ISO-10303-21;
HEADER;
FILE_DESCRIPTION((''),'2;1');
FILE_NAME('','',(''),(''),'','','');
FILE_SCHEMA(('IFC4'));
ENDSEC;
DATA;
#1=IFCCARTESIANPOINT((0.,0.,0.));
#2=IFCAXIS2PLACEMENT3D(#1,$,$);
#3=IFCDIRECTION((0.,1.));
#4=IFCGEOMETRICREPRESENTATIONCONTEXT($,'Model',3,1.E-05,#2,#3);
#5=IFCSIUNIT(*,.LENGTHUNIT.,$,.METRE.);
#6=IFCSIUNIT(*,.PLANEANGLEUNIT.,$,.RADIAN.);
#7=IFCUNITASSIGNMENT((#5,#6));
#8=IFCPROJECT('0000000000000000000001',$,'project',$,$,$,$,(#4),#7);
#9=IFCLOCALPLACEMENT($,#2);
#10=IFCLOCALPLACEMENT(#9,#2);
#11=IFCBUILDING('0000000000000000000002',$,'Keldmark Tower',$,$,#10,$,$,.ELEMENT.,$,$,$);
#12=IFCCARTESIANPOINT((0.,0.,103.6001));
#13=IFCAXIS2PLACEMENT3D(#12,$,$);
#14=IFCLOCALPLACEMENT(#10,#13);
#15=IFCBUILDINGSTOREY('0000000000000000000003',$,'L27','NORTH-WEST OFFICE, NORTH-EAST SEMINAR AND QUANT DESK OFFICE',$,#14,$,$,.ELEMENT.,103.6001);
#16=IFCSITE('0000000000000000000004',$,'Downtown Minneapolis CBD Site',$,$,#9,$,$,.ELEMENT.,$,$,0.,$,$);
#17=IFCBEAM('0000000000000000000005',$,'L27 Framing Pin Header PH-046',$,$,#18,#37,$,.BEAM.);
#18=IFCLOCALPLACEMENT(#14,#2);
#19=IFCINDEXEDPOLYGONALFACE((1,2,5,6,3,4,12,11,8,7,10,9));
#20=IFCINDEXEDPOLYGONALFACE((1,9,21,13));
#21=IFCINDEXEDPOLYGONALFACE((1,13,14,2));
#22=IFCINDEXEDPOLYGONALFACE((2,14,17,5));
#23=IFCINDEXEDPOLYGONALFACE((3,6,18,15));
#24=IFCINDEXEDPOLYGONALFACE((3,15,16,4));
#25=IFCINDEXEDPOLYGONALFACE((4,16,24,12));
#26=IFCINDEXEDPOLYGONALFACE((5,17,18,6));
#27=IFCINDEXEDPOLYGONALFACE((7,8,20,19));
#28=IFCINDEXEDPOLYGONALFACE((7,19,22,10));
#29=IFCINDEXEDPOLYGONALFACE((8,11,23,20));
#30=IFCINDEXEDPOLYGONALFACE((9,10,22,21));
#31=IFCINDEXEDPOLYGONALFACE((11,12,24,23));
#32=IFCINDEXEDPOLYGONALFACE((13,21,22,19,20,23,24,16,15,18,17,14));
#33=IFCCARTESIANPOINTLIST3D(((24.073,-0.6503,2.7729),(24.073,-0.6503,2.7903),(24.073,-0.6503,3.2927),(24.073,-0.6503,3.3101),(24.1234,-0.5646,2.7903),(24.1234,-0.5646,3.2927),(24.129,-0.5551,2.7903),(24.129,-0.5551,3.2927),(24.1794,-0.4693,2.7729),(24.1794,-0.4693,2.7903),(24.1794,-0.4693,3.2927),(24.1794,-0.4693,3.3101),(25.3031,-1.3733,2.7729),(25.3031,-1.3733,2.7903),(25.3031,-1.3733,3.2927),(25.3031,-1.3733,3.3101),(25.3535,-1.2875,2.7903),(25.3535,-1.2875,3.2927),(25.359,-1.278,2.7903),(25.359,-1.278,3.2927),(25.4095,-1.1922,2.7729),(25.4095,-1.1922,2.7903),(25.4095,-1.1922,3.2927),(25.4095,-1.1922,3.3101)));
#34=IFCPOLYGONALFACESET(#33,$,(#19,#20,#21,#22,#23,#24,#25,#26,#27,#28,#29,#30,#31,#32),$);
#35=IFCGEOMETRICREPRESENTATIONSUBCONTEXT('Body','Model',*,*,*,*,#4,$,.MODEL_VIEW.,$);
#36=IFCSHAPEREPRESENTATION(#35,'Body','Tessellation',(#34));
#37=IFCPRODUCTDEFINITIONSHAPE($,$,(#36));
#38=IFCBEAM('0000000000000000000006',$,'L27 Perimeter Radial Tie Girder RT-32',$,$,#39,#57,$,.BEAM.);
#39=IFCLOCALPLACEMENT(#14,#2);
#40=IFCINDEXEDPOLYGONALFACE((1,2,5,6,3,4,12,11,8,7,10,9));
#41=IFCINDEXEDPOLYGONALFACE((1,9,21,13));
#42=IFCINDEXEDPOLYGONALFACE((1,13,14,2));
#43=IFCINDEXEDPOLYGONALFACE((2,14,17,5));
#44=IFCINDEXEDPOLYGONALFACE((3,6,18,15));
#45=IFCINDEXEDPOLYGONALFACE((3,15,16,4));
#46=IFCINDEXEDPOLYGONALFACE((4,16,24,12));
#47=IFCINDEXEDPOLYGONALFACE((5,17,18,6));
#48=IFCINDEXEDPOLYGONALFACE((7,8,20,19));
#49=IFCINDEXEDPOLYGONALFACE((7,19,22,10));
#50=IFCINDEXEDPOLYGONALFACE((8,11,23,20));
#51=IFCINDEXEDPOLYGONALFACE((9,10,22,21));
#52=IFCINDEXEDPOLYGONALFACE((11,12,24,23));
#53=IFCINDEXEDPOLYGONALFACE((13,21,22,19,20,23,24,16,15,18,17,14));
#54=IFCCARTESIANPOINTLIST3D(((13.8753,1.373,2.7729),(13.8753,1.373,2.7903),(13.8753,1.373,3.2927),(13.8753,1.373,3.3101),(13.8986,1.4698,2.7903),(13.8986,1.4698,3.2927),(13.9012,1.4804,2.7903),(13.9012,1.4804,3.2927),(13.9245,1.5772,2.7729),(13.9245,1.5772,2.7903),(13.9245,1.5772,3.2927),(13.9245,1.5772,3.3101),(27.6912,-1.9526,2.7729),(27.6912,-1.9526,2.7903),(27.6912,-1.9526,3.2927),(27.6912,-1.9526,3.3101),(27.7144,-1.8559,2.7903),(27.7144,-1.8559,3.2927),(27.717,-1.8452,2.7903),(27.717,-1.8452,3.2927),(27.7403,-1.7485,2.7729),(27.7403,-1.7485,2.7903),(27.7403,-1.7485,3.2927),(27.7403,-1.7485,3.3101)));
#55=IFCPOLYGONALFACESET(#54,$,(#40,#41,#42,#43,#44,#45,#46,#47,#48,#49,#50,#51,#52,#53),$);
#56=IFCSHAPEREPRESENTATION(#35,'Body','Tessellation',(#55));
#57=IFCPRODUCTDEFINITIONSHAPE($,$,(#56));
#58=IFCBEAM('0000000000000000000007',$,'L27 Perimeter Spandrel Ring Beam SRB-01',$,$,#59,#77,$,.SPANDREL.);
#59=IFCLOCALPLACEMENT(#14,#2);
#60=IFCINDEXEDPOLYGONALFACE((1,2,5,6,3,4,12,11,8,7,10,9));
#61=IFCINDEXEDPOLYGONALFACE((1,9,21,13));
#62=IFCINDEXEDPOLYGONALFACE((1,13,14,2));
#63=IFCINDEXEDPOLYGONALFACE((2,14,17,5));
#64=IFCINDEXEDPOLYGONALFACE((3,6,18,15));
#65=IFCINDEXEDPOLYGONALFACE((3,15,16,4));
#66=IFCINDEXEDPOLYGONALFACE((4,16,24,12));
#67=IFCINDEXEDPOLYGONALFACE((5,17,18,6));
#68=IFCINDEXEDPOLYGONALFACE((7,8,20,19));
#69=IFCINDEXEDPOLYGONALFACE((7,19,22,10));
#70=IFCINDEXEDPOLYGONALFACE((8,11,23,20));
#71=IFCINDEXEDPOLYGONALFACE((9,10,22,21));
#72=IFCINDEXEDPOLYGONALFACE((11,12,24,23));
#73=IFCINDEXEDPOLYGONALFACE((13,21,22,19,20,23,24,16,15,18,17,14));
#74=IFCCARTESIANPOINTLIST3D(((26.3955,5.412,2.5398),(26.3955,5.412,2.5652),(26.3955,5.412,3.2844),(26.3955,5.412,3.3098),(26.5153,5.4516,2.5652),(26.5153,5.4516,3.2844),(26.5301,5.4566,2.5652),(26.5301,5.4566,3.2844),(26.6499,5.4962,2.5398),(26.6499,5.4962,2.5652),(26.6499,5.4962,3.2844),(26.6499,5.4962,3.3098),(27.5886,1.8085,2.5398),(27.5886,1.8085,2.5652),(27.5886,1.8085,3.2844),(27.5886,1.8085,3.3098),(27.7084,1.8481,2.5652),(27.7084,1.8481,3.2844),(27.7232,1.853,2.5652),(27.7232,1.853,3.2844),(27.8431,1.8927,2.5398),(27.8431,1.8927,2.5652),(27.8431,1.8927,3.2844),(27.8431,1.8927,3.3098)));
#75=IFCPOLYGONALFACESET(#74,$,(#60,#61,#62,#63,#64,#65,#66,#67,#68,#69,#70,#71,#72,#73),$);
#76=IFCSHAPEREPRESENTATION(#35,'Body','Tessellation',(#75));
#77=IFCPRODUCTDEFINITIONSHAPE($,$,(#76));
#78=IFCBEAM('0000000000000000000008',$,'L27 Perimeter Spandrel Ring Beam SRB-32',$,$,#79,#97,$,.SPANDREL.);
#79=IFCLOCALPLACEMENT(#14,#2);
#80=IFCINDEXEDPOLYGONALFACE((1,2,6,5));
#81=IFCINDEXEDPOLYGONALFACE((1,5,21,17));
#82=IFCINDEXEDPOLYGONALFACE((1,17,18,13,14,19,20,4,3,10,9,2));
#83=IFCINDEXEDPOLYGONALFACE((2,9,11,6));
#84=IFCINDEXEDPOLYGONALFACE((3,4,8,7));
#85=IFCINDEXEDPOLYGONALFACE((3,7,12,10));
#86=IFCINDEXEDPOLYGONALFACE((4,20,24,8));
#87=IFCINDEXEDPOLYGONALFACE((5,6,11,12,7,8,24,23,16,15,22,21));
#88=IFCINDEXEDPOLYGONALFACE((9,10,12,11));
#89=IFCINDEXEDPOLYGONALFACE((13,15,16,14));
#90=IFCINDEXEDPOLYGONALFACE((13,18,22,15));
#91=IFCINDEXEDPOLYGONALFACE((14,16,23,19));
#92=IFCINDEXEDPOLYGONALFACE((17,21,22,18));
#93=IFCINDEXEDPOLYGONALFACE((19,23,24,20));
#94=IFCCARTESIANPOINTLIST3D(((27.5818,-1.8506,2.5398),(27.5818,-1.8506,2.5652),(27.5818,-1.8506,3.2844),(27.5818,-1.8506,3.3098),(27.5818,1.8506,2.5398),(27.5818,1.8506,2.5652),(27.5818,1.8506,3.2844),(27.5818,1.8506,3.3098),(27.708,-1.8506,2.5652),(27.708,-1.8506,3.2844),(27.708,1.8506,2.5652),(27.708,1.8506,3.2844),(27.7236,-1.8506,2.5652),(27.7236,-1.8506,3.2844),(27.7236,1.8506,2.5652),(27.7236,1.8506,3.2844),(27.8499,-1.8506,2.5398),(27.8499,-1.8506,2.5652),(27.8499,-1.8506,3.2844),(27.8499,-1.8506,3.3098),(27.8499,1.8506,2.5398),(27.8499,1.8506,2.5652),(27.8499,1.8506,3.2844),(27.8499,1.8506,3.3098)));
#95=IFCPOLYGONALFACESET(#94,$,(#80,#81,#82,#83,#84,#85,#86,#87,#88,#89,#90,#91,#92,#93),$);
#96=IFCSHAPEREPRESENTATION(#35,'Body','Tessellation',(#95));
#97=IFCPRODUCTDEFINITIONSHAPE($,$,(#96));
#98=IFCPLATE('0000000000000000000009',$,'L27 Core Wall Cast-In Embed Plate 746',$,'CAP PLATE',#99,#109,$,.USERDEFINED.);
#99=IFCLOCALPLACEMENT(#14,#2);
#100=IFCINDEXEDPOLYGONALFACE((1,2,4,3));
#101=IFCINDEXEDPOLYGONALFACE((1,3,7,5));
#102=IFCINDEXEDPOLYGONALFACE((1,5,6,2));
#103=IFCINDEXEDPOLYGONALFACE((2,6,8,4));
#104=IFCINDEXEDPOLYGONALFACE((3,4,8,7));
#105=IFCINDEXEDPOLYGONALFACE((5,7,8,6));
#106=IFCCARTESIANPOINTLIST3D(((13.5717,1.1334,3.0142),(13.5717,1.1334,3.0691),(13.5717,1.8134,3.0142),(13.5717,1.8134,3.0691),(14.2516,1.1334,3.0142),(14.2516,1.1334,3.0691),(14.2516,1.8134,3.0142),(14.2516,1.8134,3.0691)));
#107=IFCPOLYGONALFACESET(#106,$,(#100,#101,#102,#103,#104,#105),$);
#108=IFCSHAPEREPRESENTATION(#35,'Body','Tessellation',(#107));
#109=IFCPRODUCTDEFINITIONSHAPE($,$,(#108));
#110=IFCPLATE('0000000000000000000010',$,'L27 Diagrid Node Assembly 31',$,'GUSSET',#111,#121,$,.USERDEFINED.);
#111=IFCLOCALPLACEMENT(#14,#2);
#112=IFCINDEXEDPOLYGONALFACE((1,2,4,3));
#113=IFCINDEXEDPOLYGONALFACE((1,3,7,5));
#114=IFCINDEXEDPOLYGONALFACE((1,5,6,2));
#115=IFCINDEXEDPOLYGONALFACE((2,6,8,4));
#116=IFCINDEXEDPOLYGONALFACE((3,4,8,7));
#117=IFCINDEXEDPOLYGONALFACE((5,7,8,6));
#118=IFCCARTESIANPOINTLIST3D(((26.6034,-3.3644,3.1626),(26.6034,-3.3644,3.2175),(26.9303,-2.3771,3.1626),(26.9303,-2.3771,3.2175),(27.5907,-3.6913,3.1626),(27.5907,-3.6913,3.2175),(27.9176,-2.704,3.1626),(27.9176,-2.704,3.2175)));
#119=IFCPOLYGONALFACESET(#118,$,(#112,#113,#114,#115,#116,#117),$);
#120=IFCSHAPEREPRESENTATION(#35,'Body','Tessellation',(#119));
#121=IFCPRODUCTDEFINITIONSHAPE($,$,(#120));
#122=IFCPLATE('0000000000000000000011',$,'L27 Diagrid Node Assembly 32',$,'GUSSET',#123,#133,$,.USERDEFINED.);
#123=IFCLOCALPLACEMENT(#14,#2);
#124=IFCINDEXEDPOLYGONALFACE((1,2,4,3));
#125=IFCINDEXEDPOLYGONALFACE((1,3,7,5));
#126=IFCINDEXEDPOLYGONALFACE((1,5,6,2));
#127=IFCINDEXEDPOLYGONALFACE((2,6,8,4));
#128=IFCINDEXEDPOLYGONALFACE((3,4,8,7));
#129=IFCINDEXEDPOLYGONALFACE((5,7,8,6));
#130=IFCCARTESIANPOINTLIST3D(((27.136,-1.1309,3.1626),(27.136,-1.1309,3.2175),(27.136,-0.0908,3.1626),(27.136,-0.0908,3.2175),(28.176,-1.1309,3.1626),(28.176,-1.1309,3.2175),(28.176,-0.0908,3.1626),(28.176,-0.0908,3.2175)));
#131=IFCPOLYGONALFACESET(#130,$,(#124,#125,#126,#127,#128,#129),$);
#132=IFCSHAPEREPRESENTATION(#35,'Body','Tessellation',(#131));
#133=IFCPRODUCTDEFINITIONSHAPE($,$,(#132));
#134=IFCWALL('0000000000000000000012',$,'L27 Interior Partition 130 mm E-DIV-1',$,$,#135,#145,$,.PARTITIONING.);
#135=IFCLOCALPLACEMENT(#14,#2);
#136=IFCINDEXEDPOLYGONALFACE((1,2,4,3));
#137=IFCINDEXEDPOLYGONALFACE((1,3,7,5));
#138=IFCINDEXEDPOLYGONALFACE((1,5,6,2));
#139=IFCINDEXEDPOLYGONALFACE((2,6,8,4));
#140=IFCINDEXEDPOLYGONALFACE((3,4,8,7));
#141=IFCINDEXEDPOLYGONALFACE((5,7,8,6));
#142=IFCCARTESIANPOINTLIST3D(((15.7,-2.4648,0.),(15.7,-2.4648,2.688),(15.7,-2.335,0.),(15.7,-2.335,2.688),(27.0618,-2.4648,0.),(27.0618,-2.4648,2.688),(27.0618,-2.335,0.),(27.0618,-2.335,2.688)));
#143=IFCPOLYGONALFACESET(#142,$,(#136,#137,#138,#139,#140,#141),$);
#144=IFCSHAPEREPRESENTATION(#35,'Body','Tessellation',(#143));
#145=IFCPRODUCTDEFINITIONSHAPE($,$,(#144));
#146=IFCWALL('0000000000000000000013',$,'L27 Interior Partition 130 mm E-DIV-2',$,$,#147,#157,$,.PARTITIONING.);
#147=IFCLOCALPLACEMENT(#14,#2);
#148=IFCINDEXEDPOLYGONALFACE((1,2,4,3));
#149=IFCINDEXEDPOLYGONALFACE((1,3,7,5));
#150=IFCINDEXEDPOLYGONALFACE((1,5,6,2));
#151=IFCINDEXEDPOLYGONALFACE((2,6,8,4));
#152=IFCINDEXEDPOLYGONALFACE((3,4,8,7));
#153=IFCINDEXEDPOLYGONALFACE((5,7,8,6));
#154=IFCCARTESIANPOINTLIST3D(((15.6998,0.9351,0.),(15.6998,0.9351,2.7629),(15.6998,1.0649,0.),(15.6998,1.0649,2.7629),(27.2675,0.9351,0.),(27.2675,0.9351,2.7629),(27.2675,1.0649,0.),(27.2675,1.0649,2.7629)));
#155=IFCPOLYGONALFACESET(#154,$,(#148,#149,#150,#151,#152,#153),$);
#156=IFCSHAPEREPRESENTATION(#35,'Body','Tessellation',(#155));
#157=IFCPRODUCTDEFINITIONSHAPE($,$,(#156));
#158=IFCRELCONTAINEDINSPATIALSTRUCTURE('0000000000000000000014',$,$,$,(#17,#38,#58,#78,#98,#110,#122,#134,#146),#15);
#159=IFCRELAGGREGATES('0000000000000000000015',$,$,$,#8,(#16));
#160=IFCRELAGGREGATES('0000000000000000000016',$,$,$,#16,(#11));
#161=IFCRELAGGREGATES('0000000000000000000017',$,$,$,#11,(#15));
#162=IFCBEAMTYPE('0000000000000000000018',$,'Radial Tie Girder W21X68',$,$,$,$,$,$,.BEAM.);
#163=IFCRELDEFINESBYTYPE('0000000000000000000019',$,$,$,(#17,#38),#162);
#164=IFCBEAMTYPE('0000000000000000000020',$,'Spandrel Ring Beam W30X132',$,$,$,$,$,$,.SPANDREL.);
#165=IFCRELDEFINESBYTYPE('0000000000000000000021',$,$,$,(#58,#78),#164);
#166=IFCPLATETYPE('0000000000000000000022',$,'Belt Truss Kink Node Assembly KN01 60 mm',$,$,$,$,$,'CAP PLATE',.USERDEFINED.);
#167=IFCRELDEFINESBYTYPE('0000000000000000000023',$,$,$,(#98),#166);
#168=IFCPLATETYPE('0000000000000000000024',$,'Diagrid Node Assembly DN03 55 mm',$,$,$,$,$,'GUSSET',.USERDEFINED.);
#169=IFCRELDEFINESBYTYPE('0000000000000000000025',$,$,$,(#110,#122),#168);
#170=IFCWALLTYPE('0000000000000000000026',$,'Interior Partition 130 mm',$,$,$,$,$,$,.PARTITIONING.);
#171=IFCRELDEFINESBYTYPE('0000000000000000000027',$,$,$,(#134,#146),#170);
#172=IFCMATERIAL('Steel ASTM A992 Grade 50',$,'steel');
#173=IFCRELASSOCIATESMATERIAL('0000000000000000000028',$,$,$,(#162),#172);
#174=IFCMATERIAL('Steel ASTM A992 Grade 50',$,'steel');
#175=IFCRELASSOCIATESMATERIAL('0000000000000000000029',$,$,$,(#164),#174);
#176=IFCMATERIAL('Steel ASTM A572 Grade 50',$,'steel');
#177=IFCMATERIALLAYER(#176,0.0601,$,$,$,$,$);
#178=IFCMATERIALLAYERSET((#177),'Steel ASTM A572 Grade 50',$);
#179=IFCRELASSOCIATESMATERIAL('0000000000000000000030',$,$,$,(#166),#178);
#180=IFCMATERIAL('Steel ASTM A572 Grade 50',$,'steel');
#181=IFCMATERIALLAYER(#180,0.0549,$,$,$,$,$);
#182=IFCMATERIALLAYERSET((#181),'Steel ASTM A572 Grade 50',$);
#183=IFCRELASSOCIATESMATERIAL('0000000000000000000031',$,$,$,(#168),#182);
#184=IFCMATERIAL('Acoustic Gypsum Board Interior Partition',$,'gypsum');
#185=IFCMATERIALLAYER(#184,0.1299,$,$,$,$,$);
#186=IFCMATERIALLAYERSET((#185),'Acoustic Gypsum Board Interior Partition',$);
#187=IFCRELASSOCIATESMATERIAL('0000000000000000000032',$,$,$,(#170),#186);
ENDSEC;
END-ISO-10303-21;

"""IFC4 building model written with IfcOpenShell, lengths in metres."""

from ifc_helpers import new_model, si_unit, direction, frame, frame_2d, origin, origin_2d, place, context, subcontext, project, spatial, rectangle, i_section, extrude, material, layer, layer_set, material_profile, profile_set, type_object, element, save


model = new_model("IFC4")

# Units and contexts
model_context = context("Model", 3, precision=1e-05, world=origin(), true_north=direction((0.0, 1.0)))
body_context = subcontext(model_context, "Body", "Model", "MODEL_VIEW")
ifc_project = project(units=[si_unit("LENGTHUNIT", "METRE"), si_unit("PLANEANGLEUNIT", "RADIAN")], contexts=[model_context])

# Site, building, storey
site_placement = place(None, origin())
site = spatial("IfcSite", under=ifc_project, at=site_placement, Name="Downtown Minneapolis CBD Site", CompositionType="ELEMENT", RefElevation=0.0)
building_placement = place(site_placement, origin())
building = spatial("IfcBuilding", under=site, at=building_placement, Name="Keldmark Tower", CompositionType="ELEMENT")
storey_placement = place(building_placement, frame((0.0, 0.0, 103.6001)))
storey = spatial("IfcBuildingStorey", under=building, at=storey_placement, Name="L27", Description="NORTH-WEST OFFICE, NORTH-EAST SEMINAR AND QUANT DESK OFFICE", CompositionType="ELEMENT", Elevation=103.6001)

# Beams
ifc_material_1 = material(Name="Steel ASTM A992 Grade 50", Category="steel")
ifc_material_profile_1 = material_profile(ifc_material_1, i_section(OverallWidth=0.21, OverallDepth=0.5371, WebThickness=0.011, FlangeThickness=0.0173, at=origin_2d()), Name="W21X68")
ifc_profile_set_1 = profile_set([ifc_material_profile_1], Name="Steel ASTM A992 Grade 50")
beam_type_1 = type_object("IfcBeamType", Name="Radial Tie Girder W21X68", PredefinedType="BEAM", material=ifc_profile_set_1)
beam_1_placement = place(storey_placement, frame((24.1262, -0.5598, 3.0415), z_axis=(0.862123, -0.506699, 0.0), x_axis=(0.506699, 0.862123, 0.0)))
element("IfcBeam", 1, at=beam_1_placement, inside=storey, type_object=beam_type_1, Name="L27 Framing Pin Header PH-046", PredefinedType="BEAM", context=body_context, shape_type="SweptSolid", body=[
    extrude(i_section(OverallWidth=0.21, OverallDepth=0.5371, WebThickness=0.011, FlangeThickness=0.0173, at=origin_2d()), origin(), (0.0, 0.0, 1.0), 1.4268),
])
beam_2_placement = place(storey_placement, frame((13.8999, 1.4751, 3.0415), z_axis=(0.97223, -0.234029, 0.0), x_axis=(0.234029, 0.97223, 0.0)))
element("IfcBeam", 2, at=beam_2_placement, inside=storey, type_object=beam_type_1, Name="L27 Perimeter Radial Tie Girder RT-32", PredefinedType="BEAM", context=body_context, shape_type="SweptSolid", body=[
    extrude(i_section(OverallWidth=0.21, OverallDepth=0.5371, WebThickness=0.011, FlangeThickness=0.0173, at=origin_2d()), origin(), (0.0, 0.0, 1.0), 14.2104),
])
ifc_material_2 = material(Name="Steel ASTM A992 Grade 50", Category="steel")
ifc_material_profile_2 = material_profile(ifc_material_2, i_section(OverallWidth=0.2681, OverallDepth=0.77, WebThickness=0.0156, FlangeThickness=0.0254, at=origin_2d()), Name="W30X132")
ifc_profile_set_2 = profile_set([ifc_material_profile_2], Name="Steel ASTM A992 Grade 50")
beam_type_2 = type_object("IfcBeamType", Name="Spandrel Ring Beam W30X132", PredefinedType="SPANDREL", material=ifc_profile_set_2)
beam_3_placement = place(storey_placement, frame((27.7158, 1.8506, 2.9248), z_axis=(-0.314317, 0.949318, 0.0), x_axis=(-0.949318, -0.314317, 0.0)))
element("IfcBeam", 3, at=beam_3_placement, inside=storey, type_object=beam_type_2, Name="L27 Perimeter Spandrel Ring Beam SRB-01", PredefinedType="SPANDREL", context=body_context, shape_type="SweptSolid", body=[
    extrude(i_section(OverallWidth=0.2681, OverallDepth=0.77, WebThickness=0.0156, FlangeThickness=0.0254, at=origin_2d()), origin(), (0.0, 0.0, 1.0), 3.7959),
])
beam_4_placement = place(storey_placement, frame((27.7158, -1.8506, 2.9248), z_axis=(0.0, 1.0, 0.0), x_axis=(-1.0, 0.0, 0.0)))
element("IfcBeam", 4, at=beam_4_placement, inside=storey, type_object=beam_type_2, Name="L27 Perimeter Spandrel Ring Beam SRB-32", PredefinedType="SPANDREL", context=body_context, shape_type="SweptSolid", body=[
    extrude(i_section(OverallWidth=0.2681, OverallDepth=0.77, WebThickness=0.0156, FlangeThickness=0.0254, at=origin_2d()), origin(), (0.0, 0.0, 1.0), 3.7012),
])

# Plates
ifc_material_3 = material(Name="Steel ASTM A572 Grade 50", Category="steel")
ifc_layer_1 = layer(ifc_material_3, 0.0601)
ifc_layer_set_1 = layer_set([ifc_layer_1], Name="Steel ASTM A572 Grade 50")
plate_type_1 = type_object("IfcPlateType", Name="Belt Truss Kink Node Assembly KN01 60 mm", ElementType="CAP PLATE", PredefinedType="USERDEFINED", material=ifc_layer_set_1)
plate_placement = place(storey_placement, frame((13.9116, 1.4734, 3.0142), z_axis=(0.0, 0.0, 1.0), x_axis=(1.0, 0.0, 0.0)))
element("IfcPlate", 5, at=plate_placement, inside=storey, type_object=plate_type_1, Name="L27 Core Wall Cast-In Embed Plate 746", ObjectType="CAP PLATE", PredefinedType="USERDEFINED", context=body_context, shape_type="SweptSolid", body=[
    extrude(rectangle(XDim=0.6799, YDim=0.6799, at=origin_2d()), origin(), (0.0, 0.0, 1.0), 0.0549),
])
ifc_material_4 = material(Name="Steel ASTM A572 Grade 50", Category="steel")
ifc_layer_2 = layer(ifc_material_4, 0.0549)
ifc_layer_set_2 = layer_set([ifc_layer_2], Name="Steel ASTM A572 Grade 50")
plate_type_2 = type_object("IfcPlateType", Name="Diagrid Node Assembly DN03 55 mm", ElementType="GUSSET", PredefinedType="USERDEFINED", material=ifc_layer_set_2)
for number, where, z_axis, x_axis, name in (
    (6, (27.2605, -3.0342, 3.1626), (0.0, 0.0, 1.0), (0.314324, 0.949316, 0.0), "L27 Diagrid Node Assembly 31"),
    (7, (27.656, -0.6108, 3.1626), (0.0, 0.0, 1.0), (0.0, 1.0, 0.0), "L27 Diagrid Node Assembly 32"),
):
    element("IfcPlate", number, at=place(storey_placement, frame(where, z_axis=z_axis, x_axis=x_axis)), inside=storey, type_object=plate_type_2, Name=name, ObjectType="GUSSET", PredefinedType="USERDEFINED", context=body_context, shape_type="SweptSolid", body=[
        extrude(rectangle(XDim=1.04, YDim=1.04, at=origin_2d()), origin(), (0.0, 0.0, 1.0), 0.0549),
    ])

# Walls
ifc_material_5 = material(Name="Acoustic Gypsum Board Interior Partition", Category="gypsum")
ifc_layer_3 = layer(ifc_material_5, 0.1299)
ifc_layer_set_3 = layer_set([ifc_layer_3], Name="Acoustic Gypsum Board Interior Partition")
wall_type_1 = type_object("IfcWallType", Name="Interior Partition 130 mm", PredefinedType="PARTITIONING", material=ifc_layer_set_3)
wall_1_placement = place(storey_placement, frame((15.7, -2.3999, 0.0), z_axis=(0.0, 0.0, 1.0), x_axis=(1.0, 0.0, 0.0)))
element("IfcWall", 8, at=wall_1_placement, inside=storey, type_object=wall_type_1, Name="L27 Interior Partition 130 mm E-DIV-1", PredefinedType="PARTITIONING", context=body_context, shape_type="SweptSolid", body=[
    extrude(rectangle(XDim=11.3618, YDim=0.1299, at=frame_2d((5.6809, 0.0))), origin(), (0.0, 0.0, 1.0), 2.688),
])
wall_2_placement = place(storey_placement, frame((15.7, 1.0, 0.0), z_axis=(0.0, 0.0, 1.0), x_axis=(1.0, 0.0, 0.0)))
element("IfcWall", 9, at=wall_2_placement, inside=storey, type_object=wall_type_1, Name="L27 Interior Partition 130 mm E-DIV-2", PredefinedType="PARTITIONING", context=body_context, shape_type="SweptSolid", body=[
    extrude(rectangle(XDim=11.5676, YDim=0.1299, at=frame_2d((5.7837, 0.0))), origin(), (0.0, 0.0, 1.0), 2.7629),
])

save(model, "model.ifc")
